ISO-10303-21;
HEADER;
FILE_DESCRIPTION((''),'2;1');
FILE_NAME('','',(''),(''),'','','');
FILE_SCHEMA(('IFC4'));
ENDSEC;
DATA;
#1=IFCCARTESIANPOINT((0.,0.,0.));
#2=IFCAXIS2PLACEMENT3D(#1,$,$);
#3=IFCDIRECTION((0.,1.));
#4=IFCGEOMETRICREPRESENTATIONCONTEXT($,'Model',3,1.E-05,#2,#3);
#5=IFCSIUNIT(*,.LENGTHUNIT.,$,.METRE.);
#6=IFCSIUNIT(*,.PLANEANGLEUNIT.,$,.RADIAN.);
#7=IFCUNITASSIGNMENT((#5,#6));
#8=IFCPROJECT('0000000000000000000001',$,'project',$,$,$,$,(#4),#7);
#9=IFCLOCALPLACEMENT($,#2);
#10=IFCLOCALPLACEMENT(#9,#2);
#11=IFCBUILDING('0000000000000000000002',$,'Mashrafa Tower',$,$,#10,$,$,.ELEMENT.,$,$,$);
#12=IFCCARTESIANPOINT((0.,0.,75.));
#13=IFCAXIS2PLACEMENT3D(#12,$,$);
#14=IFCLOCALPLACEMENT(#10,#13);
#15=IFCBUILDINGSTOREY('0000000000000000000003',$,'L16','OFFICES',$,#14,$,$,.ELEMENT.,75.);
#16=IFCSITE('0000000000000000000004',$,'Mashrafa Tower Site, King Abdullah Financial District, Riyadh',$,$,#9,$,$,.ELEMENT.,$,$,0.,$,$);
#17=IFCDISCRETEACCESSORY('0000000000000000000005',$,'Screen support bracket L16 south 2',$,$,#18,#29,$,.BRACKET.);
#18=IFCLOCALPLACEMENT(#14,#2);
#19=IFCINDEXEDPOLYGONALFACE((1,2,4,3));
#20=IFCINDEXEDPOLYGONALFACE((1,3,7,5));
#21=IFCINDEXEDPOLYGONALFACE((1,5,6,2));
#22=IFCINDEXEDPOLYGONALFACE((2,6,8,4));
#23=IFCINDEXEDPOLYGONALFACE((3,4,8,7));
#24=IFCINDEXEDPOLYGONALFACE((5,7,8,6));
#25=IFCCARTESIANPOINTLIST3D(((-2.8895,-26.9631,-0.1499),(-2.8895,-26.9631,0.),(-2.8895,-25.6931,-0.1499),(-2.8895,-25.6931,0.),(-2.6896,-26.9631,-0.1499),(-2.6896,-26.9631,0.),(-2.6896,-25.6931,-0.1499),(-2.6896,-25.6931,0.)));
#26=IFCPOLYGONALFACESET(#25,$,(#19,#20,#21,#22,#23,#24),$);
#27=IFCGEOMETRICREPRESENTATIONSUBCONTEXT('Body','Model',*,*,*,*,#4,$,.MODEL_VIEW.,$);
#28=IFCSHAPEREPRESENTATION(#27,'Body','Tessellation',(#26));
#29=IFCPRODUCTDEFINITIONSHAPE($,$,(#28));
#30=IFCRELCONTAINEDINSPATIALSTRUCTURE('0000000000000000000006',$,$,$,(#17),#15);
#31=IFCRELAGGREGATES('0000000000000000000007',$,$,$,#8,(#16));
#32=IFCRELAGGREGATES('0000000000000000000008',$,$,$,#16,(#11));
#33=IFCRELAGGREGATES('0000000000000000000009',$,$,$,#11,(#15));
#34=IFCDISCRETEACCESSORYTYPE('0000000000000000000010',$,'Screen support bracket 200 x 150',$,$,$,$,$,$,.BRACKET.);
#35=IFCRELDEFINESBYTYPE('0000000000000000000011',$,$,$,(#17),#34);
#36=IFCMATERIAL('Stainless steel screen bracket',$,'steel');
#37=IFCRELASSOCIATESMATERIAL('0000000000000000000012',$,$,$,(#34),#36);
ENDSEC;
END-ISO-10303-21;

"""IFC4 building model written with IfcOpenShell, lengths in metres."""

from ifc_helpers import new_model, si_unit, direction, frame, origin, origin_2d, place, context, subcontext, project, spatial, rectangle, extrude, source, transform, mapped, material, type_object, type_shapes, element, save


model = new_model("IFC4")

# Units and contexts
model_context = context("Model", 3, precision=1e-05, world=origin(), true_north=direction((0.0, 1.0)))
body_context = subcontext(model_context, "Body", "Model", "MODEL_VIEW")
ifc_project = project(units=[si_unit("LENGTHUNIT", "METRE"), si_unit("PLANEANGLEUNIT", "RADIAN")], contexts=[model_context])

# Site, building, storey
site_placement = place(None, origin())
site = spatial("IfcSite", under=ifc_project, at=site_placement, Name="Mashrafa Tower Site, King Abdullah Financial District, Riyadh", CompositionType="ELEMENT", RefElevation=0.0)
building_placement = place(site_placement, origin())
building = spatial("IfcBuilding", under=site, at=building_placement, Name="Mashrafa Tower", CompositionType="ELEMENT")
storey_placement = place(building_placement, frame((0.0, 0.0, 75.0)))
storey = spatial("IfcBuildingStorey", under=building, at=storey_placement, Name="L16", Description="OFFICES", CompositionType="ELEMENT", Elevation=75.0)

# Discrete accessory
ifc_material_1 = material(Name="Stainless steel screen bracket", Category="steel")
discrete_accessory_type = type_object("IfcDiscreteAccessoryType", Name="Screen support bracket 200 x 150", PredefinedType="BRACKET", material=ifc_material_1)
shared_shape_1 = source(origin(), body_context, "Body", "SweptSolid", [
    extrude(rectangle(XDim=0.2, YDim=1.27, at=origin_2d()), origin(), (0.0, 0.0, 1.0), 0.1499),
])
type_shapes(discrete_accessory_type, [shared_shape_1])
for number, where, z_axis, x_axis, name in (
    (1, (-2.7896, -26.3281, -0.1499), (0.0, 0.0, 1.0), (1.0, 0.0, 0.0), "Screen support bracket L16 south 2"),
):
    element("IfcDiscreteAccessory", number, at=place(storey_placement, frame(where, z_axis=z_axis, x_axis=x_axis)), inside=storey, type_object=discrete_accessory_type, Name=name, PredefinedType="BRACKET", context=body_context, shape_type="MappedRepresentation", body=[
        mapped(shared_shape_1, transform((0.0, 0.0, 0.0))),
    ])

save(model, "model.ifc")
